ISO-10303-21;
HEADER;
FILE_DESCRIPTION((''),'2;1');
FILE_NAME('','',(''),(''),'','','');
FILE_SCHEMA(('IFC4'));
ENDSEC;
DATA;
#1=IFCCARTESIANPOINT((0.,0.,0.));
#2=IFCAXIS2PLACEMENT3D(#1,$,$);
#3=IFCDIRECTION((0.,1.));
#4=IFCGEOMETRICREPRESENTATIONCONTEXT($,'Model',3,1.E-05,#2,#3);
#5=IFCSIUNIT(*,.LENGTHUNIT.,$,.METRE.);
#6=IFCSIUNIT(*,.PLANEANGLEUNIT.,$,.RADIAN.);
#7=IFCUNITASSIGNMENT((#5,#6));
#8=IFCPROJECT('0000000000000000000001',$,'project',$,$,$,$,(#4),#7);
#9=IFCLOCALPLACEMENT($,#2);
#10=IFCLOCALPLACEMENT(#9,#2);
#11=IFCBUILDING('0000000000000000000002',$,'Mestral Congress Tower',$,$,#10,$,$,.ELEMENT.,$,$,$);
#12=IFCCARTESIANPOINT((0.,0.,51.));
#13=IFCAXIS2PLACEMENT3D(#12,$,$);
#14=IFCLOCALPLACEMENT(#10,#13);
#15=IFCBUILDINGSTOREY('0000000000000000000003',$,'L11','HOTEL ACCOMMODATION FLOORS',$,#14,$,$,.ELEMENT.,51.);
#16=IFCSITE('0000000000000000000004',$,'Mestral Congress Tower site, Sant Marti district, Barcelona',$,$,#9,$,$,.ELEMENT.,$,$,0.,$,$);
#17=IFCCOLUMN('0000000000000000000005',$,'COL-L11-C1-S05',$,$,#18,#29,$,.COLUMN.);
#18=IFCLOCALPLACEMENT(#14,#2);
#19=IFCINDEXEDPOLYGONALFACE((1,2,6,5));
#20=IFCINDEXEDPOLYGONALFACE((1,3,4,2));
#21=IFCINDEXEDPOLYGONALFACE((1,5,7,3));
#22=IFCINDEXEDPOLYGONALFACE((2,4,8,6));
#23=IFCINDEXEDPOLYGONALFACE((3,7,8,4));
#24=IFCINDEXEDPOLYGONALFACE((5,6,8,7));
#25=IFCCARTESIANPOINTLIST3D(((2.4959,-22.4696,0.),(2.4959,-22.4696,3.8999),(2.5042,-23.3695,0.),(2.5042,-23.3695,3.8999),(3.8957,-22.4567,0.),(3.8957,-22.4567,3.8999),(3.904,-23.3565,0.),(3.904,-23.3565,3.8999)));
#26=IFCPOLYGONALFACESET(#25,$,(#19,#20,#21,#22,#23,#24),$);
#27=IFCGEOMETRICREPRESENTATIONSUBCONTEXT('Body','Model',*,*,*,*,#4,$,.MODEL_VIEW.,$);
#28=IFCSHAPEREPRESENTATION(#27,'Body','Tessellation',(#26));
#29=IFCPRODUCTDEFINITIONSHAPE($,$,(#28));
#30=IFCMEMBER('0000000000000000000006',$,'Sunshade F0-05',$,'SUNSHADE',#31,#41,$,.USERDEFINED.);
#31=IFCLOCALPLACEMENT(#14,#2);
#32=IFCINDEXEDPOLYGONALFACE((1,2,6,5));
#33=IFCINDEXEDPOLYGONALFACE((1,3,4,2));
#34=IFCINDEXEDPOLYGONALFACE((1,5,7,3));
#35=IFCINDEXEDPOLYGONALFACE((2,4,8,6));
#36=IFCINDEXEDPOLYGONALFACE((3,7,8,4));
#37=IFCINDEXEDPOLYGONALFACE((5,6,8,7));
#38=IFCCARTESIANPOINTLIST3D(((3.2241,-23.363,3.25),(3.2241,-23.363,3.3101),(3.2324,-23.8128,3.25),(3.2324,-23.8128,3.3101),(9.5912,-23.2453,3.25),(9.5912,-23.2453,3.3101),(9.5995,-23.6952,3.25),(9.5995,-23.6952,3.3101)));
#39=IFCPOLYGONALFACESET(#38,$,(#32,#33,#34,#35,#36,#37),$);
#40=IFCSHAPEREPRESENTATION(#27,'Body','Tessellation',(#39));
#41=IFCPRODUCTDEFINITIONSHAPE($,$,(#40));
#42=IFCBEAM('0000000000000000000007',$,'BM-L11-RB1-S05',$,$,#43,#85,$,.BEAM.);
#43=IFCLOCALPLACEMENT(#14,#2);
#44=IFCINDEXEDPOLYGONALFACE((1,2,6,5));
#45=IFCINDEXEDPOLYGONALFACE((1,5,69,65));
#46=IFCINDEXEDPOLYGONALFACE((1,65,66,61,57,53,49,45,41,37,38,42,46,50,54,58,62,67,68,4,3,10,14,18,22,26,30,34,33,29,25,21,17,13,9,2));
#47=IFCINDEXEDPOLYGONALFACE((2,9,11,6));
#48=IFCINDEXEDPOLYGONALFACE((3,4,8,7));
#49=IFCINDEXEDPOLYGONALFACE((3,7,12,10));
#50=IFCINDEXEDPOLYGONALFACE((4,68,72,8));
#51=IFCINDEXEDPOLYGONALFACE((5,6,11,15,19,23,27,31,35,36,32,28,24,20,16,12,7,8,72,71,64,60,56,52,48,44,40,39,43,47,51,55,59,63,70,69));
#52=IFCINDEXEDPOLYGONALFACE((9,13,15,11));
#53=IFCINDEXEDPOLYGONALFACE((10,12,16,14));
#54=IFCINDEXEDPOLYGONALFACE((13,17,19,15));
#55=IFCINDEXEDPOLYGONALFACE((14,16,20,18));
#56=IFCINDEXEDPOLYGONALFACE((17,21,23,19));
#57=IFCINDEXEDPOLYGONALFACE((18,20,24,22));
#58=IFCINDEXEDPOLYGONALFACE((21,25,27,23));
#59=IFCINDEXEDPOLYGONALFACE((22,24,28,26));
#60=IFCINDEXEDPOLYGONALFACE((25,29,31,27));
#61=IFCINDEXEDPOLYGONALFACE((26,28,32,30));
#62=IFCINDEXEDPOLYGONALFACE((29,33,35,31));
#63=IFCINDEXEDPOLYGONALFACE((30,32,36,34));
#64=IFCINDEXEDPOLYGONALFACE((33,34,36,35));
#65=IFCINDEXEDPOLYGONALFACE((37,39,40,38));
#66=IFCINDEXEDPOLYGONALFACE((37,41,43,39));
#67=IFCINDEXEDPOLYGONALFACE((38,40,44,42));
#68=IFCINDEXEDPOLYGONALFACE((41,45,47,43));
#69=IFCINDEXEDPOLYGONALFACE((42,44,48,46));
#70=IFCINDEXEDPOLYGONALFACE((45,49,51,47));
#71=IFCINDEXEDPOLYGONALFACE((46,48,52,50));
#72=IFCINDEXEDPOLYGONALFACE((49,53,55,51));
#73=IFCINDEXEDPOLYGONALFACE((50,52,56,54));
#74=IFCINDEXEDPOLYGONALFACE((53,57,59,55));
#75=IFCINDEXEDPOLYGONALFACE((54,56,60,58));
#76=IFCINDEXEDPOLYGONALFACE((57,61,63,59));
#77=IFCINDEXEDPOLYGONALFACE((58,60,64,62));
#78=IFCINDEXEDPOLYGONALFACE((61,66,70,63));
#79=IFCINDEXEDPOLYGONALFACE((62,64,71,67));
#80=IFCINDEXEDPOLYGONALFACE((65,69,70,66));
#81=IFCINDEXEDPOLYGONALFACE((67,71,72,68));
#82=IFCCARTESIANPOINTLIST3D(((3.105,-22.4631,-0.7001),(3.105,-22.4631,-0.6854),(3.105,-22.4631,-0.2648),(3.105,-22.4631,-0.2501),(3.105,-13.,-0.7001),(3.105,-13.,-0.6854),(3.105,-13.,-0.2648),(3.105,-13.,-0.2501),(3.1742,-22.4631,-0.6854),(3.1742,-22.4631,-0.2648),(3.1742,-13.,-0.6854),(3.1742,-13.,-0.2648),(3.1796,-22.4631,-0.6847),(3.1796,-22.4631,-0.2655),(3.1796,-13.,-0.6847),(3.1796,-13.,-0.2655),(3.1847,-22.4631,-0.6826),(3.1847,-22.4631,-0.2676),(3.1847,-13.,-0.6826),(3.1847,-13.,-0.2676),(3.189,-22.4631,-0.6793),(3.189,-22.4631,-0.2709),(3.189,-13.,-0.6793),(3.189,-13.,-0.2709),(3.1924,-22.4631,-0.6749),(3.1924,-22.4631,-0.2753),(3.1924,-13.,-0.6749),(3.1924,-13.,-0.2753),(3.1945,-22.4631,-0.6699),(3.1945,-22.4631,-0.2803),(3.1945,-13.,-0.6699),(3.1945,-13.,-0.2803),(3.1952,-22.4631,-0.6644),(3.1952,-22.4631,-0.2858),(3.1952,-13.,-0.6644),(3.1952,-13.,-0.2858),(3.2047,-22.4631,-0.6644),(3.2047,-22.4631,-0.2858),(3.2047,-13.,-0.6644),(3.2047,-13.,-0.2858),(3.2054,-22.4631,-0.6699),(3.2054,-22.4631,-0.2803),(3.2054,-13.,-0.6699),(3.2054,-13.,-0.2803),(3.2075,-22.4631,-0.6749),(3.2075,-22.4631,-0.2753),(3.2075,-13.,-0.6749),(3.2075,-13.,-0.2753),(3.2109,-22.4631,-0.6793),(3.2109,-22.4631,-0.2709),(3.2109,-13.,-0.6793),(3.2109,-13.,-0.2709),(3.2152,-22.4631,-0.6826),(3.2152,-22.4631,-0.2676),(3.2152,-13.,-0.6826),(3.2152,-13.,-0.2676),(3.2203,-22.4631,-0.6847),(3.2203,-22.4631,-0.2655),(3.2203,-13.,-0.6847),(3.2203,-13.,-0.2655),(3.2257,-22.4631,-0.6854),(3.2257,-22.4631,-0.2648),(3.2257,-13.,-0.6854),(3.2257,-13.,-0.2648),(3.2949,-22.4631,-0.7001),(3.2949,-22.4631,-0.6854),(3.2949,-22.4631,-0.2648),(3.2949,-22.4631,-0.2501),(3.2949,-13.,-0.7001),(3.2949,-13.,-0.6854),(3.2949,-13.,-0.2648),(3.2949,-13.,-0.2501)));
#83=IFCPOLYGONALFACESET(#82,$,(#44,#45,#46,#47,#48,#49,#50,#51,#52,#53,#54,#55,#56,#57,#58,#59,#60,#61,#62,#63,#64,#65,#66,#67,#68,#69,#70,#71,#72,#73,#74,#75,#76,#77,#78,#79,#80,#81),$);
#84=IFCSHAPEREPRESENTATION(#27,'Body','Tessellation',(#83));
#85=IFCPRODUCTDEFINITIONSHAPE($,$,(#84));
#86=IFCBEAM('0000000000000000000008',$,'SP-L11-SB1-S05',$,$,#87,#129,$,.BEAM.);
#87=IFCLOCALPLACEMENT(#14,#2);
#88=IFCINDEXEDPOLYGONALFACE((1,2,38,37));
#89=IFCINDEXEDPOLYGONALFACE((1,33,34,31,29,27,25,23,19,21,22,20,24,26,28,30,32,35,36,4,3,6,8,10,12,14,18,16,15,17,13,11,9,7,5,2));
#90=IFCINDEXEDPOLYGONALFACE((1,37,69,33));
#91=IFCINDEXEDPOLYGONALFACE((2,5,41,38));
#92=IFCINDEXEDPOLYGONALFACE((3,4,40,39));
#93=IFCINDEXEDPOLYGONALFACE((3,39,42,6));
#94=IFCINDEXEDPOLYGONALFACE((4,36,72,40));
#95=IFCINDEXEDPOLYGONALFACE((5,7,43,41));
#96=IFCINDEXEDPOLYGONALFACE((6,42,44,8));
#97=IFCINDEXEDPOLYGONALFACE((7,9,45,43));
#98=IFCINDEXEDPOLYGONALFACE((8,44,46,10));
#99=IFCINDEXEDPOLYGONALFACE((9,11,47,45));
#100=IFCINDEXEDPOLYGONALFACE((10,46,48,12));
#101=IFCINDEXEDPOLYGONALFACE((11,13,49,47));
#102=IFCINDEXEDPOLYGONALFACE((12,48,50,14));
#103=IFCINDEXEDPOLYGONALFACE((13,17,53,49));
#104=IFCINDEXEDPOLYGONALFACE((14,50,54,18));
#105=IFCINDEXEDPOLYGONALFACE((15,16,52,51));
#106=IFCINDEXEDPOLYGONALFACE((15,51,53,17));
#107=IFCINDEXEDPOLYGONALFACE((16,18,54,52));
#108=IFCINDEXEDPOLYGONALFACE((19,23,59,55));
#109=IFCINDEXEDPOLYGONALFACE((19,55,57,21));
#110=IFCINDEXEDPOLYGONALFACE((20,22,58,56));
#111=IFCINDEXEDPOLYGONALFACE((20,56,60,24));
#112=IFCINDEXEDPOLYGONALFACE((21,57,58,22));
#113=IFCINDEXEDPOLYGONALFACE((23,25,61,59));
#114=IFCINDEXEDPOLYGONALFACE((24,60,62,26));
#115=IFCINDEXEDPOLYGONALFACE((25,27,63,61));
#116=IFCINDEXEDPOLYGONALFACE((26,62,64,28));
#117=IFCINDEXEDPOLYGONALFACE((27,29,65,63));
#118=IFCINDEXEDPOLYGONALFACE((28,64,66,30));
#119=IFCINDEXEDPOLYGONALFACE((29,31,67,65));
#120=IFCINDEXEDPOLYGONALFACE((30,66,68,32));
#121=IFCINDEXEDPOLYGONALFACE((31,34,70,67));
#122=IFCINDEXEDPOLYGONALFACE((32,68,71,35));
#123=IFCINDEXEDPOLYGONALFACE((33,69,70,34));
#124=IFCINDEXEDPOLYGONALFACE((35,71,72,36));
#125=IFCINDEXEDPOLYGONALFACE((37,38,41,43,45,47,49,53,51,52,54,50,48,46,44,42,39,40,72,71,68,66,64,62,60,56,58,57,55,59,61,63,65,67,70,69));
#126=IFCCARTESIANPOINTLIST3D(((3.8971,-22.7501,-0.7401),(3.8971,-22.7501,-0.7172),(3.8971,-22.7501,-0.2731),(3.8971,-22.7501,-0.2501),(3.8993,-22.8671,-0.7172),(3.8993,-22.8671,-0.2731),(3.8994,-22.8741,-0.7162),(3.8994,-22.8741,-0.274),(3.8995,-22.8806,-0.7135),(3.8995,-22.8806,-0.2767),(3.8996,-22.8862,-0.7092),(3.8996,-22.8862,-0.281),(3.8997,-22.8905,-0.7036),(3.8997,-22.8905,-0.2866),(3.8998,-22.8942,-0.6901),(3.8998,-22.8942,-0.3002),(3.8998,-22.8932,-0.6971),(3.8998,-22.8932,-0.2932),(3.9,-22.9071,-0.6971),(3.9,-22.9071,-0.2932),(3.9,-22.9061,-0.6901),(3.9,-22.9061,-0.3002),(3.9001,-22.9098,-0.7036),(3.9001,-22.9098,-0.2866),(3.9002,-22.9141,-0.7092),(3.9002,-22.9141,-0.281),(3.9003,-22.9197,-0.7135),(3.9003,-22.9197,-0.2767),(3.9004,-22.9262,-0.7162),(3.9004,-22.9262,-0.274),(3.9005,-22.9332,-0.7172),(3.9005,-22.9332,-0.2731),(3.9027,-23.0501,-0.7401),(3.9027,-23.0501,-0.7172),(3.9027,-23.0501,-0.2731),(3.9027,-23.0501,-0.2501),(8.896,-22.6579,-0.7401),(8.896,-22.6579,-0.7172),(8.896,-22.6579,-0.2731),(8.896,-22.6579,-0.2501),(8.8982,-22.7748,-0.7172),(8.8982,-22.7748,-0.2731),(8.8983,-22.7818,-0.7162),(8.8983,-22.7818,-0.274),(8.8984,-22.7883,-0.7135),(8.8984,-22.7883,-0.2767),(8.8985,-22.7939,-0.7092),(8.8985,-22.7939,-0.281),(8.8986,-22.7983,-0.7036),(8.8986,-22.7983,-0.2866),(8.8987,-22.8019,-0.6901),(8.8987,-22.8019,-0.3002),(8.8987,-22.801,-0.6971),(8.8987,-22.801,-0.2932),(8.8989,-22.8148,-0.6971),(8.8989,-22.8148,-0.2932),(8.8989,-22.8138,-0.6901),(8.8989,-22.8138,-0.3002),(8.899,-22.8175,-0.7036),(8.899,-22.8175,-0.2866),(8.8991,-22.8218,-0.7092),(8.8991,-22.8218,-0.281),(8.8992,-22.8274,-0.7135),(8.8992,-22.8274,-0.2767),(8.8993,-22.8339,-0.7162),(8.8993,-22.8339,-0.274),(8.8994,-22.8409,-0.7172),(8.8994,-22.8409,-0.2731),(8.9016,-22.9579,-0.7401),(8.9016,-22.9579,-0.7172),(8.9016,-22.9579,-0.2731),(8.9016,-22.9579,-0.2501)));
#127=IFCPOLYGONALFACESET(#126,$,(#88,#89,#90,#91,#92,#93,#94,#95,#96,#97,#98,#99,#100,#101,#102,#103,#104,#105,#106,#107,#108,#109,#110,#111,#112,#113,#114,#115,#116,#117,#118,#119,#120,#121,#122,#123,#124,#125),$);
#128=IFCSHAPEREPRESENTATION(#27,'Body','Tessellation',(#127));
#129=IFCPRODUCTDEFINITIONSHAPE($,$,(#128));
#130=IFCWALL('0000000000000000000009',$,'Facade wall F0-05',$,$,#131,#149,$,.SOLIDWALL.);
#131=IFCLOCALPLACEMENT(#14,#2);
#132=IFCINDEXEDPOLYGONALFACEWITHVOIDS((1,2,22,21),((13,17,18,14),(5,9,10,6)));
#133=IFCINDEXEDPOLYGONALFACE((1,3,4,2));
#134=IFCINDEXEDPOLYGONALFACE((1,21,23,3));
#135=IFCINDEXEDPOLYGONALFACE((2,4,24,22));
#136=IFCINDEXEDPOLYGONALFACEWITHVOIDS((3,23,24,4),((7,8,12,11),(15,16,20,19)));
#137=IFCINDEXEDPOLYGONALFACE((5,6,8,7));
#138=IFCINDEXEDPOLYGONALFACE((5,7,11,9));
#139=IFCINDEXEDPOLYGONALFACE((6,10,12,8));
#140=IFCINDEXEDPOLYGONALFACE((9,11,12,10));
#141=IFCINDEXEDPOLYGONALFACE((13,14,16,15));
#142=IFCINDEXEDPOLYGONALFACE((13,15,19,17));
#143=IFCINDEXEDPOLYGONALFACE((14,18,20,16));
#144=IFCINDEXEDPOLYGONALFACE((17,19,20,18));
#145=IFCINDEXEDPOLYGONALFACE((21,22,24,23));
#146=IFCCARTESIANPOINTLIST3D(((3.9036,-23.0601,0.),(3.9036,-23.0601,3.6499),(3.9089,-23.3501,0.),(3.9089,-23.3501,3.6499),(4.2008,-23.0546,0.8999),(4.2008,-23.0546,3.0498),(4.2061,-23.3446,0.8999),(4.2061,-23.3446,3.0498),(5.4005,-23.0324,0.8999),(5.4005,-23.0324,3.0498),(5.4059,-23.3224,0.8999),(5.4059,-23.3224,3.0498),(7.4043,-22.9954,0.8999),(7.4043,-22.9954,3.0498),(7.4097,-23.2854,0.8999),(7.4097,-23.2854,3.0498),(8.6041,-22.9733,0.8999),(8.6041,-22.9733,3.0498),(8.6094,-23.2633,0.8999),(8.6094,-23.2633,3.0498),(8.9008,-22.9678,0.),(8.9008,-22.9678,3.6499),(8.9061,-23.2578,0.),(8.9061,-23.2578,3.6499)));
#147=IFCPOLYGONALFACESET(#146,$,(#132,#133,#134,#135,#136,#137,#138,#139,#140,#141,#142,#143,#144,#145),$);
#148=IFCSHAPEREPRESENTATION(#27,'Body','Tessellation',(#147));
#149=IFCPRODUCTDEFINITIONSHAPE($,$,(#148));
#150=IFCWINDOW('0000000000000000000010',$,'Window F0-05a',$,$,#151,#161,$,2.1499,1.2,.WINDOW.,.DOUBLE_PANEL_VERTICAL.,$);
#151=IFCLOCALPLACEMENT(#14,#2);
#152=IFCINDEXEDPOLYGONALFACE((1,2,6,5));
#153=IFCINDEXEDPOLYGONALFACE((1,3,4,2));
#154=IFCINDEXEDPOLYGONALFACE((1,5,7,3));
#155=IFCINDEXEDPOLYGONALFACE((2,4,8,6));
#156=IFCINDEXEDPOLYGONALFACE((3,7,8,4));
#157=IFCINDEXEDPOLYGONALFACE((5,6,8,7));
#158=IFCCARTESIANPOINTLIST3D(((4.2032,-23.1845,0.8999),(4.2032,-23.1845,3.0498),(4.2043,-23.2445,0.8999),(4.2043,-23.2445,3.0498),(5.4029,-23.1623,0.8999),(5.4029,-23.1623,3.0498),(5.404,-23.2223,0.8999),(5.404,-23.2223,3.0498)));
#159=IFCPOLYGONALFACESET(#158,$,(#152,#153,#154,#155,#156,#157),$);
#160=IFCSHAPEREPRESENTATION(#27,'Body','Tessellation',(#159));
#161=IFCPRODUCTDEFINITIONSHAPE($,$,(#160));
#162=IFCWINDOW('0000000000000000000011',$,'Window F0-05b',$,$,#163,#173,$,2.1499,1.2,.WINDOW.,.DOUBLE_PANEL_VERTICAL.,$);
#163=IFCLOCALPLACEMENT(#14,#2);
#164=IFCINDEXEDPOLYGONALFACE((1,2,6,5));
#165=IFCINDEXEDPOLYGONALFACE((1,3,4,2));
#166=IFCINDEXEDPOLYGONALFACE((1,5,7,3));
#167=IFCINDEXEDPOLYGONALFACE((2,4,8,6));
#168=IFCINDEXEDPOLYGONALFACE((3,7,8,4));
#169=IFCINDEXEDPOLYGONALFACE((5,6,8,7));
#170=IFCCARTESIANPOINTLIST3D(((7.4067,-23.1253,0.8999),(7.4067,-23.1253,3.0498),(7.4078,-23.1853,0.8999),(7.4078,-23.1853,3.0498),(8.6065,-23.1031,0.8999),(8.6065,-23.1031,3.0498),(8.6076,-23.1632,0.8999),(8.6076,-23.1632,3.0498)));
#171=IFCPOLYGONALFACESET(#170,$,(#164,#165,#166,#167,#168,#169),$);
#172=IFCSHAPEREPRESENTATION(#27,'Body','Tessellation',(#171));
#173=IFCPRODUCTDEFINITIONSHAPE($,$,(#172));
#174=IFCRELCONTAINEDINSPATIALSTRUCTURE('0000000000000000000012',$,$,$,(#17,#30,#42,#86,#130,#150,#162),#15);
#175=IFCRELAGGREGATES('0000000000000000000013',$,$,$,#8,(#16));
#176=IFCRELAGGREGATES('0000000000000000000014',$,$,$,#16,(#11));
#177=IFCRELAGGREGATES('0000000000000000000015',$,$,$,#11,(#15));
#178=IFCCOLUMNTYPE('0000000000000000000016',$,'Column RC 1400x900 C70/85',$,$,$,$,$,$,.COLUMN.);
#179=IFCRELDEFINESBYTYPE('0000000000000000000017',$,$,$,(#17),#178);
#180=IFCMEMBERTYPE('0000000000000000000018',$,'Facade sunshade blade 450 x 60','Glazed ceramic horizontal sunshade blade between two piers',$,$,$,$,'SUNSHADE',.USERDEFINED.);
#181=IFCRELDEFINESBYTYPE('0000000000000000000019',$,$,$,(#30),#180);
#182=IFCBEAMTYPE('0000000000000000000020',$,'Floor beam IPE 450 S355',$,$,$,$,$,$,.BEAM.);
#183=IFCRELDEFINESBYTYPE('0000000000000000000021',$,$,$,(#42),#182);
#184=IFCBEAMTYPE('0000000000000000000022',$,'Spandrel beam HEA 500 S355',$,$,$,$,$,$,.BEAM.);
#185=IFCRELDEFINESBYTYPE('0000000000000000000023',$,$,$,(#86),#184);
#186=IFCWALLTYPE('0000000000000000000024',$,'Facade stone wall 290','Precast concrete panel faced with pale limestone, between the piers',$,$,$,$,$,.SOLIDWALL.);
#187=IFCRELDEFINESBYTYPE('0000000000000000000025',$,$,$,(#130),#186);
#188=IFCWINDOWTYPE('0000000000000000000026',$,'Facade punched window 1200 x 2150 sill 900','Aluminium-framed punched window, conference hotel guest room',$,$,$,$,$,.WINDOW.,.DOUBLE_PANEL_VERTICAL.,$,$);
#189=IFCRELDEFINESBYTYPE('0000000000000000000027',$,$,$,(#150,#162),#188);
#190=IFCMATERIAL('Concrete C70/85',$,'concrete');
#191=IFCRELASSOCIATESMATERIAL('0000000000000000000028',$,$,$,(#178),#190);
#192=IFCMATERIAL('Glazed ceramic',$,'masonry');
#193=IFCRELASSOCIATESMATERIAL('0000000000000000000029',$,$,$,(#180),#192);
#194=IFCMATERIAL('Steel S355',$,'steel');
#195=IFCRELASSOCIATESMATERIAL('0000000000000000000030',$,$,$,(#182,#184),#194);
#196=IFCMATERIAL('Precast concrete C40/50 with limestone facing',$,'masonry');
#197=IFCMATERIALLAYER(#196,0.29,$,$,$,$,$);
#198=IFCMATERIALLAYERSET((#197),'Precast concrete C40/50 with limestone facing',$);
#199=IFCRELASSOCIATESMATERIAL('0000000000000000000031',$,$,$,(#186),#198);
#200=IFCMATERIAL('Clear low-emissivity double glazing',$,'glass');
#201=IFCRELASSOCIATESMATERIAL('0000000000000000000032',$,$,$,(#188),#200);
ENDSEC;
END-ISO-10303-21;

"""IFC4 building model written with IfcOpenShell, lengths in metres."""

from ifc_helpers import new_model, si_unit, direction, frame, frame_2d, origin, origin_2d, place, context, subcontext, project, spatial, rectangle, i_section, extrude, material, layer, layer_set, material_profile, profile_set, type_object, element, fill, save


model = new_model("IFC4")

# Units and contexts
model_context = context("Model", 3, precision=1e-05, world=origin(), true_north=direction((0.0, 1.0)))
body_context = subcontext(model_context, "Body", "Model", "MODEL_VIEW")
ifc_project = project(units=[si_unit("LENGTHUNIT", "METRE"), si_unit("PLANEANGLEUNIT", "RADIAN")], contexts=[model_context])

# Site, building, storey
site_placement = place(None, origin())
site = spatial("IfcSite", under=ifc_project, at=site_placement, Name="Mestral Congress Tower site, Sant Marti district, Barcelona", CompositionType="ELEMENT", RefElevation=0.0)
building_placement = place(site_placement, origin())
building = spatial("IfcBuilding", under=site, at=building_placement, Name="Mestral Congress Tower", CompositionType="ELEMENT")
storey_placement = place(building_placement, frame((0.0, 0.0, 51.0)))
storey = spatial("IfcBuildingStorey", under=building, at=storey_placement, Name="L11", Description="HOTEL ACCOMMODATION FLOORS", CompositionType="ELEMENT", Elevation=51.0)

# Column
ifc_material_1 = material(Name="Concrete C70/85", Category="concrete")
ifc_material_profile_1 = material_profile(ifc_material_1, rectangle(XDim=1.3999, YDim=0.8999, at=origin_2d()), Name="RC 1400x900")
ifc_profile_set_1 = profile_set([ifc_material_profile_1], Name="Concrete C70/85")
column_type = type_object("IfcColumnType", Name="Column RC 1400x900 C70/85", PredefinedType="COLUMN", material=ifc_profile_set_1)
column_placement = place(storey_placement, frame((3.2, -22.9131, 0.0), z_axis=(0.0, 0.0, 1.0), x_axis=(0.999957, 0.009243, 0.0)))
element("IfcColumn", 1, at=column_placement, inside=storey, type_object=column_type, Name="COL-L11-C1-S05", PredefinedType="COLUMN", context=body_context, shape_type="SweptSolid", body=[
    extrude(rectangle(XDim=1.3999, YDim=0.8999, at=origin_2d()), origin(), (0.0, 0.0, 1.0), 3.8999),
])

# Member
ifc_material_2 = material(Name="Glazed ceramic", Category="masonry")
ifc_material_profile_2 = material_profile(ifc_material_2, rectangle(XDim=0.45, YDim=0.0601, at=origin_2d()), Name="Ceramic blade 450 x 60")
ifc_profile_set_2 = profile_set([ifc_material_profile_2], Name="Glazed ceramic")
member_type = type_object("IfcMemberType", Name="Facade sunshade blade 450 x 60", Description="Glazed ceramic horizontal sunshade blade between two piers", ElementType="SUNSHADE", PredefinedType="USERDEFINED", material=ifc_profile_set_2)
member_placement = place(storey_placement, frame((3.2283, -23.5879, 3.28), z_axis=(0.999829, 0.018478, 0.0), x_axis=(-0.018478, 0.999829, 0.0)))
element("IfcMember", 2, at=member_placement, inside=storey, type_object=member_type, Name="Sunshade F0-05", ObjectType="SUNSHADE", PredefinedType="USERDEFINED", context=body_context, shape_type="SweptSolid", body=[
    extrude(rectangle(XDim=0.45, YDim=0.0601, at=origin_2d()), origin(), (0.0, 0.0, 1.0), 6.3682),
])

# Beams
ifc_material_3 = material(Name="Steel S355", Category="steel")
ifc_material_profile_3 = material_profile(ifc_material_3, i_section(OverallWidth=0.1899, OverallDepth=0.45, WebThickness=0.0095, FlangeThickness=0.0146, FilletRadius=0.021, at=origin_2d()), Name="IPE 450")
ifc_profile_set_3 = profile_set([ifc_material_profile_3], Name="Steel S355")
beam_type_1 = type_object("IfcBeamType", Name="Floor beam IPE 450 S355", PredefinedType="BEAM", material=ifc_profile_set_3)
beam_1_placement = place(storey_placement, frame((3.2, -22.4631, -0.4751), z_axis=(0.0, 1.0, 0.0), x_axis=(-1.0, 0.0, 0.0)))
element("IfcBeam", 3, at=beam_1_placement, inside=storey, type_object=beam_type_1, Name="BM-L11-RB1-S05", PredefinedType="BEAM", context=body_context, shape_type="SweptSolid", body=[
    extrude(i_section(OverallWidth=0.1899, OverallDepth=0.45, WebThickness=0.0095, FlangeThickness=0.0146, FilletRadius=0.021, at=origin_2d()), origin(), (0.0, 0.0, 1.0), 9.4631),
])
ifc_material_profile_4 = material_profile(ifc_material_3, i_section(OverallWidth=0.3, OverallDepth=0.49, WebThickness=0.012, FlangeThickness=0.0229, FilletRadius=0.0271, at=origin_2d()), Name="HEA 500")
ifc_profile_set_4 = profile_set([ifc_material_profile_4], Name="Steel S355")
beam_type_2 = type_object("IfcBeamType", Name="Spandrel beam HEA 500 S355", PredefinedType="BEAM", material=ifc_profile_set_4)
beam_2_placement = place(storey_placement, frame((3.8999, -22.9001, -0.4951), z_axis=(0.99983, 0.018457, 0.0), x_axis=(-0.018457, 0.99983, 0.0)))
element("IfcBeam", 4, at=beam_2_placement, inside=storey, type_object=beam_type_2, Name="SP-L11-SB1-S05", PredefinedType="BEAM", context=body_context, shape_type="SweptSolid", body=[
    extrude(i_section(OverallWidth=0.3, OverallDepth=0.49, WebThickness=0.012, FlangeThickness=0.0229, FilletRadius=0.0271, at=origin_2d()), origin(), (0.0, 0.0, 1.0), 4.9998),
])

# Wall, openings, windows
ifc_material_4 = material(Name="Precast concrete C40/50 with limestone facing", Category="masonry")
ifc_layer_1 = layer(ifc_material_4, 0.29)
ifc_layer_set_1 = layer_set([ifc_layer_1], Name="Precast concrete C40/50 with limestone facing")
wall_type_1 = type_object("IfcWallType", Name="Facade stone wall 290", Description="Precast concrete panel faced with pale limestone, between the piers", PredefinedType="SOLIDWALL", material=ifc_layer_set_1)
wall_1_placement = place(storey_placement, frame((3.9062, -23.2051, 0.0), z_axis=(0.0, 0.0, 1.0), x_axis=(0.99983, 0.018464, 0.0)))
wall_1 = element("IfcWall", 5, at=wall_1_placement, inside=storey, type_object=wall_type_1, Name="Facade wall F0-05", PredefinedType="SOLIDWALL", context=body_context, shape_type="SweptSolid", body=[
    extrude(rectangle(XDim=4.998, YDim=0.29, at=frame_2d((2.499, 0.0))), origin(), (0.0, 0.0, 1.0), 3.6499),
])
opening_1_placement = place(wall_1_placement, frame((0.2971, 0.0, 0.8999)))
opening_1 = element("IfcOpeningElement", 6, at=opening_1_placement, cuts=wall_1, PredefinedType="OPENING", context=body_context, shape_type="SweptSolid", body=[
    extrude(rectangle(XDim=1.2, YDim=2.1499, at=frame_2d((0.6001, 1.075))), frame((0.0, 0.155, 0.0), z_axis=(0.0, -1.0, 0.0), x_axis=(1.0, 0.0, 0.0)), (0.0, 0.0, 1.0), 0.3101),
])
opening_2_placement = place(wall_1_placement, frame((3.5012, 0.0, 0.8999)))
opening_2 = element("IfcOpeningElement", 7, at=opening_2_placement, cuts=wall_1, PredefinedType="OPENING", context=body_context, shape_type="SweptSolid", body=[
    extrude(rectangle(XDim=1.2, YDim=2.1499, at=frame_2d((0.6001, 1.075))), frame((0.0, 0.155, 0.0), z_axis=(0.0, -1.0, 0.0), x_axis=(1.0, 0.0, 0.0)), (0.0, 0.0, 1.0), 0.3101),
])
ifc_material_5 = material(Name="Clear low-emissivity double glazing", Category="glass")
window_type = type_object("IfcWindowType", Name="Facade punched window 1200 x 2150 sill 900", Description="Aluminium-framed punched window, conference hotel guest room", PartitioningType="DOUBLE_PANEL_VERTICAL", PredefinedType="WINDOW", material=ifc_material_5)
window_1_placement = place(opening_1_placement, origin())
window_1 = element("IfcWindow", 8, at=window_1_placement, inside=storey, type_object=window_type, Name="Window F0-05a", OverallHeight=2.1499, OverallWidth=1.2, PartitioningType="DOUBLE_PANEL_VERTICAL", PredefinedType="WINDOW", context=body_context, shape_type="SweptSolid", body=[
    extrude(rectangle(XDim=1.2, YDim=2.1499, at=frame_2d((0.6001, 1.075))), frame((0.0, 0.0151, 0.0), z_axis=(0.0, -1.0, 0.0), x_axis=(1.0, 0.0, 0.0)), (0.0, 0.0, 1.0), 0.0601),
])
fill(opening_1, window_1)
window_2_placement = place(opening_2_placement, origin())
window_2 = element("IfcWindow", 9, at=window_2_placement, inside=storey, type_object=window_type, Name="Window F0-05b", OverallHeight=2.1499, OverallWidth=1.2, PartitioningType="DOUBLE_PANEL_VERTICAL", PredefinedType="WINDOW", context=body_context, shape_type="SweptSolid", body=[
    extrude(rectangle(XDim=1.2, YDim=2.1499, at=frame_2d((0.6001, 1.075))), frame((0.0, 0.0151, 0.0), z_axis=(0.0, -1.0, 0.0), x_axis=(1.0, 0.0, 0.0)), (0.0, 0.0, 1.0), 0.0601),
])
fill(opening_2, window_2)

save(model, "model.ifc")
